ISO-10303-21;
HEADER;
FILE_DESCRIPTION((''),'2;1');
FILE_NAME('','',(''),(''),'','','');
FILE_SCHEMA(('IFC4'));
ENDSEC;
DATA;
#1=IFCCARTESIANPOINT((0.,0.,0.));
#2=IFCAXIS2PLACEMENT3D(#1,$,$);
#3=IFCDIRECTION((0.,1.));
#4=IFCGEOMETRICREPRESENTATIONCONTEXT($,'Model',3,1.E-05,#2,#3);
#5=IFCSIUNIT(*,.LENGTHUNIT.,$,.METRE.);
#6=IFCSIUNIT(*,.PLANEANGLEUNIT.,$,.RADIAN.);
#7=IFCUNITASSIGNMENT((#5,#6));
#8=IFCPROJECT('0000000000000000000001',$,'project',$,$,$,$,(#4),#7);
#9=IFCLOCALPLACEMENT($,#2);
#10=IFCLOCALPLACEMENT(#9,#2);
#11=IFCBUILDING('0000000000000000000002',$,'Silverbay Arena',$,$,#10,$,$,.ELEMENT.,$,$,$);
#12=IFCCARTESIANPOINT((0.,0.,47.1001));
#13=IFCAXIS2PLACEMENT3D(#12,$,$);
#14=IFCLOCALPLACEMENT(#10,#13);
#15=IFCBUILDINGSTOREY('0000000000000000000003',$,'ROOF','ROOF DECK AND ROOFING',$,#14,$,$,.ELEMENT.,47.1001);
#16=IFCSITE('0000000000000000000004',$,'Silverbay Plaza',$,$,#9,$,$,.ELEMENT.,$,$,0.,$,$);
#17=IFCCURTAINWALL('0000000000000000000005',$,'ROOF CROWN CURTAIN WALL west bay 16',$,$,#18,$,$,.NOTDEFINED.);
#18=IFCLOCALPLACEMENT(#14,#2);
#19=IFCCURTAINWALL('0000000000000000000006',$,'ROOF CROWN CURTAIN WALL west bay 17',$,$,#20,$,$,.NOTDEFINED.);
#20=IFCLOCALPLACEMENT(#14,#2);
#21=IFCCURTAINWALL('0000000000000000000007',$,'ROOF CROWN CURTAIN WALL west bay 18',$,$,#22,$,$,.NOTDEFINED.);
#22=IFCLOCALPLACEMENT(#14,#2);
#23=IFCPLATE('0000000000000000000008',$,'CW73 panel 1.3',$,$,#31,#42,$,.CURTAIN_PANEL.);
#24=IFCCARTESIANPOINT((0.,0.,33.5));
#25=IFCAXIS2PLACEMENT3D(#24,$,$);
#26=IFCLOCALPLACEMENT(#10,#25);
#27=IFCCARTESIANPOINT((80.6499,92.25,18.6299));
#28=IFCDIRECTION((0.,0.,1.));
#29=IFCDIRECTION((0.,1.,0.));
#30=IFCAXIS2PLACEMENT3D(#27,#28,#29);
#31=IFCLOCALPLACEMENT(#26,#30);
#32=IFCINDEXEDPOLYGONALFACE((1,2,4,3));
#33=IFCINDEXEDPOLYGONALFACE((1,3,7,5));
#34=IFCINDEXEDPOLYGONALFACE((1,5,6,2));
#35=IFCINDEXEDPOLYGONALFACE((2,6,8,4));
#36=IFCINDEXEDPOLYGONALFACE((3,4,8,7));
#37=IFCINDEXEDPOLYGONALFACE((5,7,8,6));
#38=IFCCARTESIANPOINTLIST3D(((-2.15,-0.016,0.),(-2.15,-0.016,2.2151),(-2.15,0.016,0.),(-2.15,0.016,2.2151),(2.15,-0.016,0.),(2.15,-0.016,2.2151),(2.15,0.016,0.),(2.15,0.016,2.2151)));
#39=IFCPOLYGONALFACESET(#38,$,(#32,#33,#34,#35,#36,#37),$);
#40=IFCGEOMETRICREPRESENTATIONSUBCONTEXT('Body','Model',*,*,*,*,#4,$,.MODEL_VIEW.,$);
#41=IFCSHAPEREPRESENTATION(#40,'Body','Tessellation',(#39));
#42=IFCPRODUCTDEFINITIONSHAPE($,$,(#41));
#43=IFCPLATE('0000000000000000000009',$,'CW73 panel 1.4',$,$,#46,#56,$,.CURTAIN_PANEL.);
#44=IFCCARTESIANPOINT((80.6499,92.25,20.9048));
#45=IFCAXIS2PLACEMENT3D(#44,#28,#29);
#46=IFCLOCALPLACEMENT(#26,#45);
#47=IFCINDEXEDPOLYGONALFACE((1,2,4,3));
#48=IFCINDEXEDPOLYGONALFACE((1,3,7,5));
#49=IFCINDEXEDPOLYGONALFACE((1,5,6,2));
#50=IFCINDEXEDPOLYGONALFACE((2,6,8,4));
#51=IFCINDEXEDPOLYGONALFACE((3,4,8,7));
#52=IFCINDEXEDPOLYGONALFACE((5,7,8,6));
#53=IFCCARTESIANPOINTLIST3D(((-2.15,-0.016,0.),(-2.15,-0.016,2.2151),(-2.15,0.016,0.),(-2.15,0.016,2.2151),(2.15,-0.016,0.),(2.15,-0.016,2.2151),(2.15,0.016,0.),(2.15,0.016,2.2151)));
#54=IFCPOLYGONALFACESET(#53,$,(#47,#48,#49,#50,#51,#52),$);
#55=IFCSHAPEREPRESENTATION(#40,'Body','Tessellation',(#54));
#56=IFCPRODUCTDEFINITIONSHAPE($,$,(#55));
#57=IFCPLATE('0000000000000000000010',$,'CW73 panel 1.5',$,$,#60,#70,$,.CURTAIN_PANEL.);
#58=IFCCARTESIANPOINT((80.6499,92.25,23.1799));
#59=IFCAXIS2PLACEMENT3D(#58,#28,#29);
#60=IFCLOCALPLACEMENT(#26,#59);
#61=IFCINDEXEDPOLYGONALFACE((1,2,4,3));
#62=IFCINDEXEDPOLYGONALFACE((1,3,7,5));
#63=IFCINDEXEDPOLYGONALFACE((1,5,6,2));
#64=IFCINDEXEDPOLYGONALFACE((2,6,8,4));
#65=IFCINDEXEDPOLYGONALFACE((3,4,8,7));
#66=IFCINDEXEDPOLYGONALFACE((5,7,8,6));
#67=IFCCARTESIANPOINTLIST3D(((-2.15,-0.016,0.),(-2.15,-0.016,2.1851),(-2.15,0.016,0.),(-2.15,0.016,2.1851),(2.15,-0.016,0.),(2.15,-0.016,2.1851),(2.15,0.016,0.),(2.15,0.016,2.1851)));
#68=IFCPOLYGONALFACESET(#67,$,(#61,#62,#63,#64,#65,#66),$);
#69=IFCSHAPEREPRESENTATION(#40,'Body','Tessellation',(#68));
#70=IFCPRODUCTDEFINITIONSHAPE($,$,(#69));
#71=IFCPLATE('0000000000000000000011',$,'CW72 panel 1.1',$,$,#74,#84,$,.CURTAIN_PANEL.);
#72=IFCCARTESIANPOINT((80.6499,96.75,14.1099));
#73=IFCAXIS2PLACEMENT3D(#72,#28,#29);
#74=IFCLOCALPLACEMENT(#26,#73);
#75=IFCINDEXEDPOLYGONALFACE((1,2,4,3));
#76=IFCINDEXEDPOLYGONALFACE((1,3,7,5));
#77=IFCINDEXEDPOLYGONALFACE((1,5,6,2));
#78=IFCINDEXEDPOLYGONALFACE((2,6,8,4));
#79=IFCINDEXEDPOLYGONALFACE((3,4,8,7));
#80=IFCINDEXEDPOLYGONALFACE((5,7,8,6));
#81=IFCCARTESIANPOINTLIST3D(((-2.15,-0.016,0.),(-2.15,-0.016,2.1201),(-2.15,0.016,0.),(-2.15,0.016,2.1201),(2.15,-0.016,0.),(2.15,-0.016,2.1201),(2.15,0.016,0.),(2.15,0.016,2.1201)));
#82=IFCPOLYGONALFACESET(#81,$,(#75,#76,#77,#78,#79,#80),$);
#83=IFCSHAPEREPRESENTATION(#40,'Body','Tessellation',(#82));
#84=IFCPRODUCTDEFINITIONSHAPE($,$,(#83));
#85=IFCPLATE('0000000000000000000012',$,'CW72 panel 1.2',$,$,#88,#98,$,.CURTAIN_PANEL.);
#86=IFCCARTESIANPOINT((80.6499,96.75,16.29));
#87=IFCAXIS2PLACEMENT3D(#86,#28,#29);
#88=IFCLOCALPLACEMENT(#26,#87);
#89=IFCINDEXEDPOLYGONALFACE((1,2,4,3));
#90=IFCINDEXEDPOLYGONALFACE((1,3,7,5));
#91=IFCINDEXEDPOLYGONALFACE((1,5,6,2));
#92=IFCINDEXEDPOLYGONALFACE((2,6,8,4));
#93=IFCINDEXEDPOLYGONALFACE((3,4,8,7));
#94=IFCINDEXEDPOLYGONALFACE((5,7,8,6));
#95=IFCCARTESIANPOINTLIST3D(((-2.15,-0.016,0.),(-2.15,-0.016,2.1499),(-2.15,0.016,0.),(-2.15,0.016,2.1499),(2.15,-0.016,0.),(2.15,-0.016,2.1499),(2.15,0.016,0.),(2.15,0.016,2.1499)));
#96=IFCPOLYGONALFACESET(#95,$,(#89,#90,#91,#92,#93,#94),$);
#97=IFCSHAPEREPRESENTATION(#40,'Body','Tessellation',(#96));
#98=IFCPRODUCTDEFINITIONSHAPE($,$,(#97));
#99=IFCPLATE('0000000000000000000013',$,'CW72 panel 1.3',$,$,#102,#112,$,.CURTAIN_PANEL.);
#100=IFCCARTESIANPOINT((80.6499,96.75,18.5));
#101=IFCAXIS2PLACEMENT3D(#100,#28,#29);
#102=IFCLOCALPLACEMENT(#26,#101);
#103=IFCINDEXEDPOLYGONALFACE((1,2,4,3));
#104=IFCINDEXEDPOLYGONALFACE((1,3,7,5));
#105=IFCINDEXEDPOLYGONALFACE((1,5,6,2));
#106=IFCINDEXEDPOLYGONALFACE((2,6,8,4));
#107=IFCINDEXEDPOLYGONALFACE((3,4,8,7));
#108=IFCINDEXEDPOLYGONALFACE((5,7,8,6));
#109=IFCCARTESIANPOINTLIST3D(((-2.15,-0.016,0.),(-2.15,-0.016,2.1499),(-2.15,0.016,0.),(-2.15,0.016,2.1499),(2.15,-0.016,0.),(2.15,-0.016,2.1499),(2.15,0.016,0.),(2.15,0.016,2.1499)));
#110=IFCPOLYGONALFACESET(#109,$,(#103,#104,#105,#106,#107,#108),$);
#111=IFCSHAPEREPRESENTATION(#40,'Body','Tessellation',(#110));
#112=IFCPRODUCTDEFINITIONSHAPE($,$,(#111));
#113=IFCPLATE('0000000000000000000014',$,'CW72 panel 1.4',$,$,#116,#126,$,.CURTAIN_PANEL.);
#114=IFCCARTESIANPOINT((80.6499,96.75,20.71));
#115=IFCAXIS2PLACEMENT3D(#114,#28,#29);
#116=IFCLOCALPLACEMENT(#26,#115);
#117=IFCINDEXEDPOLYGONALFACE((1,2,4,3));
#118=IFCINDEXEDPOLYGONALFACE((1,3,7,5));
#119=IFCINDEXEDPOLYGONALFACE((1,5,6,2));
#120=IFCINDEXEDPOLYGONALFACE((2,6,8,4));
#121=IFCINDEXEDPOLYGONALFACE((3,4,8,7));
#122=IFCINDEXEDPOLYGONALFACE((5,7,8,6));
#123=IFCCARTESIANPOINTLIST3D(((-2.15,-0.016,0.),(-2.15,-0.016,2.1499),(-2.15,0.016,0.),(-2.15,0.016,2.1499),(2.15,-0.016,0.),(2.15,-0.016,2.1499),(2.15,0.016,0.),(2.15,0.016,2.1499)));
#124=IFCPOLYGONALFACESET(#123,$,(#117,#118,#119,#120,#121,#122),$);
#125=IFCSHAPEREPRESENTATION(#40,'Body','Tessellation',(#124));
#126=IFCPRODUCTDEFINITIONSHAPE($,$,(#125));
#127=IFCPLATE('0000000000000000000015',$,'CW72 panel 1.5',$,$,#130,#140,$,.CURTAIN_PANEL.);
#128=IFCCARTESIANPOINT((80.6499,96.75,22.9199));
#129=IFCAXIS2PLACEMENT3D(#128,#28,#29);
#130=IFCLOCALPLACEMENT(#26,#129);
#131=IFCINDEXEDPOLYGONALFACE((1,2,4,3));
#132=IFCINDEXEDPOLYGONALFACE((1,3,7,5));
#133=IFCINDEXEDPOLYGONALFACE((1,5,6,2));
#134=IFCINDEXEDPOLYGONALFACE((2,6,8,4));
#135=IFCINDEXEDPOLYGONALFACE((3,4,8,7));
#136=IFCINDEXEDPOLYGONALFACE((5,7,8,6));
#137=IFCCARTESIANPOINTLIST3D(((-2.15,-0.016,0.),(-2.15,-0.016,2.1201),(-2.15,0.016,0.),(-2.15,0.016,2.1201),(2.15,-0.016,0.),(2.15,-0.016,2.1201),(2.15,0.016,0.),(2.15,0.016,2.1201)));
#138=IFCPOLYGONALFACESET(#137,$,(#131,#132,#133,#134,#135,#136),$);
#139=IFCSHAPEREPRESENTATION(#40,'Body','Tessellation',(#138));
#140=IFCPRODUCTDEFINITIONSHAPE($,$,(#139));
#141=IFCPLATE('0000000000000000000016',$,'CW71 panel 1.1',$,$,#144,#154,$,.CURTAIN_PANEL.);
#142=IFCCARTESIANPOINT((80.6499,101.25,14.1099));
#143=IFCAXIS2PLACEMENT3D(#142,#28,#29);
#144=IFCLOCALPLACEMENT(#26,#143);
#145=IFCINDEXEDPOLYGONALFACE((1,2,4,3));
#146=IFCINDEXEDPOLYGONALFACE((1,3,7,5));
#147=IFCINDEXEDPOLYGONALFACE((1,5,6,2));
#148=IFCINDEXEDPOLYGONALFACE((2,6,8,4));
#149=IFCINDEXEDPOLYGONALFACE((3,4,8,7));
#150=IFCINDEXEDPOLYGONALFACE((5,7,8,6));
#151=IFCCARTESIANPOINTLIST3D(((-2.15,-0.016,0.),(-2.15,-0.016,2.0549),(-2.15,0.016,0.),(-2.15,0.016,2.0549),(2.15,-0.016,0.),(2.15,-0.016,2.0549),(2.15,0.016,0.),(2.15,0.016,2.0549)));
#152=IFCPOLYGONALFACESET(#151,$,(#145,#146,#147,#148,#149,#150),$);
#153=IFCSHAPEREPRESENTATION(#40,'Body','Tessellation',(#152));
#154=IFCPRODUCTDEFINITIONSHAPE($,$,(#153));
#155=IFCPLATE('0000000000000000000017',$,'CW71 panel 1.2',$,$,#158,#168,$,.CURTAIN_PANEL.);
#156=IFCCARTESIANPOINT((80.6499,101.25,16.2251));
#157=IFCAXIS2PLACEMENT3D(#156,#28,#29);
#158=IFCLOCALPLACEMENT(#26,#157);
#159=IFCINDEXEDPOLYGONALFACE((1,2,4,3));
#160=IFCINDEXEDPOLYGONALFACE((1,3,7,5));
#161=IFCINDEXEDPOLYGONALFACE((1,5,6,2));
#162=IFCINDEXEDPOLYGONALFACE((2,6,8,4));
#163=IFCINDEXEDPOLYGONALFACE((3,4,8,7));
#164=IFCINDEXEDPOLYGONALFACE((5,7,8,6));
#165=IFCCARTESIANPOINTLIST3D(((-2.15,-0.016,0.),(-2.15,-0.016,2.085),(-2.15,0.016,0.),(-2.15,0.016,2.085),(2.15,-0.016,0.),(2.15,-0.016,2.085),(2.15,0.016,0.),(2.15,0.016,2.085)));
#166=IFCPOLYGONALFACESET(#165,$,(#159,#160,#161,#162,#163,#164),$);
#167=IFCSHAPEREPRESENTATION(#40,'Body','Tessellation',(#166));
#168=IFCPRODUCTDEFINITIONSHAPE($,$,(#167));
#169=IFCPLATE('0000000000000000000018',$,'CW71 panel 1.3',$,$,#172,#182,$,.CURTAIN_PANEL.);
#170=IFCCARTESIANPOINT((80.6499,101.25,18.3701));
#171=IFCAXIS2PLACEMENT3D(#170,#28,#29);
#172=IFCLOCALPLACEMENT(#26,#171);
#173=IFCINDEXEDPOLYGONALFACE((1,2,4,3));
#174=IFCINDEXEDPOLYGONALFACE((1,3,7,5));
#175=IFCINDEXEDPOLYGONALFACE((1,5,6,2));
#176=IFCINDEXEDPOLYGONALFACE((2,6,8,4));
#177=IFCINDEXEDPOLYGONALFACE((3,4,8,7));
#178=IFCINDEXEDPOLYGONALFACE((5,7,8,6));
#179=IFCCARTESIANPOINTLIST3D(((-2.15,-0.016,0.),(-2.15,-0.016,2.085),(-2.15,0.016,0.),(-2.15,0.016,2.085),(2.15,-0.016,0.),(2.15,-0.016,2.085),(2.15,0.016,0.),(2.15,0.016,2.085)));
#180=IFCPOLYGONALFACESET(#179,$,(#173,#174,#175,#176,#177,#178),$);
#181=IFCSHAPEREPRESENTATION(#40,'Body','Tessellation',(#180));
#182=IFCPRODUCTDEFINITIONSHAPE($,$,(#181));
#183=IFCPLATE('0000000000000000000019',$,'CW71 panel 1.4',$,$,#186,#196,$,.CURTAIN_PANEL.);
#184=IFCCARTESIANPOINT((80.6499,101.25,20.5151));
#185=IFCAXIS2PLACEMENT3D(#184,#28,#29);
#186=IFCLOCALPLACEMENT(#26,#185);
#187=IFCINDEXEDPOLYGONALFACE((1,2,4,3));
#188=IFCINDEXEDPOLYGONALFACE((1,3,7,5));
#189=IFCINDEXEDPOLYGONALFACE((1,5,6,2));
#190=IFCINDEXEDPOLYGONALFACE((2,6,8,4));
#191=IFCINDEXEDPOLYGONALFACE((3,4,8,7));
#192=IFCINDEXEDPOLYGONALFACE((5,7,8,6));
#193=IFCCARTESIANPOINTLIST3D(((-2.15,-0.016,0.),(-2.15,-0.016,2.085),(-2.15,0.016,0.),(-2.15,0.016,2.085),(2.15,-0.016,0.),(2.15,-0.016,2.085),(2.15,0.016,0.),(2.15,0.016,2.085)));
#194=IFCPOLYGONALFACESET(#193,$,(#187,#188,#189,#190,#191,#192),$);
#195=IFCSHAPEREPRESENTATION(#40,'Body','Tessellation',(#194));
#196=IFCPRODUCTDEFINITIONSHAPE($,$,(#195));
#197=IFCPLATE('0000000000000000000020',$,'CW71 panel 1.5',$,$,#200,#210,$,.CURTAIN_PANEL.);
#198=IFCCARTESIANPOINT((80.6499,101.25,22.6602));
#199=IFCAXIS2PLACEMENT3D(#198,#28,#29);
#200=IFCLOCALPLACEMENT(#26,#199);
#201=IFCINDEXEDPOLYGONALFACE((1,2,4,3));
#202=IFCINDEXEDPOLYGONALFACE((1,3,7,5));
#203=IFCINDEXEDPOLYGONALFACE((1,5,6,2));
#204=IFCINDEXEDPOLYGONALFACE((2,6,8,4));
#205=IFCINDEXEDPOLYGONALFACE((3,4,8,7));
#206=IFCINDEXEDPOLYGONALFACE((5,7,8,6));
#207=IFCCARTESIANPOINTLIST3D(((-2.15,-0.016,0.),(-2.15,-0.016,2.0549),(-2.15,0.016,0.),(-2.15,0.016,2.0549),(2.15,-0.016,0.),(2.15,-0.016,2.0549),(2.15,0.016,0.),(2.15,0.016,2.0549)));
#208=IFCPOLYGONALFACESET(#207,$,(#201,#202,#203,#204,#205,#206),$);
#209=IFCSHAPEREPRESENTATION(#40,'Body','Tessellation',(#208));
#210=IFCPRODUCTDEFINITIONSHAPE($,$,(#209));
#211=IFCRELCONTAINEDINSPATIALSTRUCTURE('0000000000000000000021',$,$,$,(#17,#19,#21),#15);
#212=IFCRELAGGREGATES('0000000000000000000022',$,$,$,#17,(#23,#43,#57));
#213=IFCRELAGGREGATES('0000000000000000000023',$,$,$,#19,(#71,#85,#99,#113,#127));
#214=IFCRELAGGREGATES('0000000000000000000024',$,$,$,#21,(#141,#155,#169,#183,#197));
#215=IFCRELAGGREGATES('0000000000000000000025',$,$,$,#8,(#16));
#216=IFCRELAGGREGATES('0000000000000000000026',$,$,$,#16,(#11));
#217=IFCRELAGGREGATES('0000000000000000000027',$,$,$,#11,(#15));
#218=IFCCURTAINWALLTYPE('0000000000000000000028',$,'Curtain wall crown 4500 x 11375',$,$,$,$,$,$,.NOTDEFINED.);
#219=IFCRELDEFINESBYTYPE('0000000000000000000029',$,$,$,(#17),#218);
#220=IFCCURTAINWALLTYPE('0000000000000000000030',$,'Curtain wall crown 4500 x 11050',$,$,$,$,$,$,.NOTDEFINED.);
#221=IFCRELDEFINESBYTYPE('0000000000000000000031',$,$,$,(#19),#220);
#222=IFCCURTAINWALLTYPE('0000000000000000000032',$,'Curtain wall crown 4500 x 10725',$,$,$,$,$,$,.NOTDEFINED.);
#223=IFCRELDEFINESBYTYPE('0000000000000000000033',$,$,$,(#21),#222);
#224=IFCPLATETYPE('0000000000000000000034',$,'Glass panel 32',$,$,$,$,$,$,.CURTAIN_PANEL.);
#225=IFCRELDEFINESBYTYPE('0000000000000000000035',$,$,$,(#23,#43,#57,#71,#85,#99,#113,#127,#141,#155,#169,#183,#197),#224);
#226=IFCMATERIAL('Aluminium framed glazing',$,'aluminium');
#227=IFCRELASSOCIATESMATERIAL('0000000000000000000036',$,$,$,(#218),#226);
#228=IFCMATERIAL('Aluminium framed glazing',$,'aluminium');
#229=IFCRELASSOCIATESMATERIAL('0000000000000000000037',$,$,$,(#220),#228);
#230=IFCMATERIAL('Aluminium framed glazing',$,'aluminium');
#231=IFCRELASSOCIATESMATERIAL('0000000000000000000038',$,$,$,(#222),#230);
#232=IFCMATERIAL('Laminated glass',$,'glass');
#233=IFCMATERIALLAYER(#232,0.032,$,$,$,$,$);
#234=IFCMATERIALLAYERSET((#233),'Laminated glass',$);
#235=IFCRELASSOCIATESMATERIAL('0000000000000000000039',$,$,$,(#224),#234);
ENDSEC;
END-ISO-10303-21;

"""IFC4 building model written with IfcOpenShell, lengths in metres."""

from ifc_helpers import new_model, si_unit, direction, frame, origin, origin_2d, place, context, subcontext, project, spatial, rectangle, extrude, material, layer, layer_set, type_object, element, aggregate, save


model = new_model("IFC4")

# Units and contexts
model_context = context("Model", 3, precision=1e-05, world=origin(), true_north=direction((0.0, 1.0)))
body_context = subcontext(model_context, "Body", "Model", "MODEL_VIEW")
ifc_project = project(units=[si_unit("LENGTHUNIT", "METRE"), si_unit("PLANEANGLEUNIT", "RADIAN")], contexts=[model_context])

# Site, building, storey
site_placement = place(None, origin())
site = spatial("IfcSite", under=ifc_project, at=site_placement, Name="Silverbay Plaza", CompositionType="ELEMENT", RefElevation=0.0)
building_placement = place(site_placement, origin())
building = spatial("IfcBuilding", under=site, at=building_placement, Name="Silverbay Arena", CompositionType="ELEMENT")
storey_placement = place(building_placement, frame((0.0, 0.0, 47.1001)))
storey = spatial("IfcBuildingStorey", under=building, at=storey_placement, Name="ROOF", Description="ROOF DECK AND ROOFING", CompositionType="ELEMENT", Elevation=47.1001)

# Curtain wall
ifc_material_1 = material(Name="Aluminium framed glazing", Category="aluminium")
curtain_wall_type_1 = type_object("IfcCurtainWallType", Name="Curtain wall crown 4500 x 11375", PredefinedType="NOTDEFINED", material=ifc_material_1)
curtain_wall_1_placement = place(storey_placement, origin())
curtain_wall_1 = element("IfcCurtainWall", 1, at=curtain_wall_1_placement, inside=storey, type_object=curtain_wall_type_1, Name="ROOF CROWN CURTAIN WALL west bay 16", PredefinedType="NOTDEFINED")
placement = place(building_placement, frame((0.0, 0.0, 33.5)))

# Curtain walls
ifc_material_2 = material(Name="Aluminium framed glazing", Category="aluminium")
curtain_wall_type_2 = type_object("IfcCurtainWallType", Name="Curtain wall crown 4500 x 11050", PredefinedType="NOTDEFINED", material=ifc_material_2)
curtain_wall_2_placement = place(storey_placement, origin())
curtain_wall_2 = element("IfcCurtainWall", 2, at=curtain_wall_2_placement, inside=storey, type_object=curtain_wall_type_2, Name="ROOF CROWN CURTAIN WALL west bay 17", PredefinedType="NOTDEFINED")
ifc_material_3 = material(Name="Aluminium framed glazing", Category="aluminium")
curtain_wall_type_3 = type_object("IfcCurtainWallType", Name="Curtain wall crown 4500 x 10725", PredefinedType="NOTDEFINED", material=ifc_material_3)
curtain_wall_3_placement = place(storey_placement, origin())
curtain_wall_3 = element("IfcCurtainWall", 3, at=curtain_wall_3_placement, inside=storey, type_object=curtain_wall_type_3, Name="ROOF CROWN CURTAIN WALL west bay 18", PredefinedType="NOTDEFINED")

# Plates
ifc_material_4 = material(Name="Laminated glass", Category="glass")
ifc_layer_1 = layer(ifc_material_4, 0.032)
ifc_layer_set_1 = layer_set([ifc_layer_1], Name="Laminated glass")
plate_type = type_object("IfcPlateType", Name="Glass panel 32", PredefinedType="CURTAIN_PANEL", material=ifc_layer_set_1)
plate_1_placement = place(placement, frame((80.6499, 92.25, 18.6299), z_axis=(0.0, 0.0, 1.0), x_axis=(0.0, 1.0, 0.0)))
plate_1 = element("IfcPlate", 4, at=plate_1_placement, type_object=plate_type, Name="CW73 panel 1.3", PredefinedType="CURTAIN_PANEL", context=body_context, shape_type="SweptSolid", body=[
    extrude(rectangle(XDim=4.3, YDim=0.032, at=origin_2d()), origin(), (0.0, 0.0, 1.0), 2.2151),
])
plate_2_placement = place(placement, frame((80.6499, 92.25, 20.9048), z_axis=(0.0, 0.0, 1.0), x_axis=(0.0, 1.0, 0.0)))
plate_2 = element("IfcPlate", 5, at=plate_2_placement, type_object=plate_type, Name="CW73 panel 1.4", PredefinedType="CURTAIN_PANEL", context=body_context, shape_type="SweptSolid", body=[
    extrude(rectangle(XDim=4.3, YDim=0.032, at=origin_2d()), origin(), (0.0, 0.0, 1.0), 2.2151),
])
plate_3_placement = place(placement, frame((80.6499, 92.25, 23.1799), z_axis=(0.0, 0.0, 1.0), x_axis=(0.0, 1.0, 0.0)))
plate_3 = element("IfcPlate", 6, at=plate_3_placement, type_object=plate_type, Name="CW73 panel 1.5", PredefinedType="CURTAIN_PANEL", context=body_context, shape_type="SweptSolid", body=[
    extrude(rectangle(XDim=4.3, YDim=0.032, at=origin_2d()), origin(), (0.0, 0.0, 1.0), 2.1851),
])
aggregate(curtain_wall_1, [plate_1, plate_2, plate_3])
plate_4_placement = place(placement, frame((80.6499, 96.75, 14.1099), z_axis=(0.0, 0.0, 1.0), x_axis=(0.0, 1.0, 0.0)))
plate_4 = element("IfcPlate", 7, at=plate_4_placement, type_object=plate_type, Name="CW72 panel 1.1", PredefinedType="CURTAIN_PANEL", context=body_context, shape_type="SweptSolid", body=[
    extrude(rectangle(XDim=4.3, YDim=0.032, at=origin_2d()), origin(), (0.0, 0.0, 1.0), 2.1201),
])
plate_5_placement = place(placement, frame((80.6499, 96.75, 16.29), z_axis=(0.0, 0.0, 1.0), x_axis=(0.0, 1.0, 0.0)))
plate_5 = element("IfcPlate", 8, at=plate_5_placement, type_object=plate_type, Name="CW72 panel 1.2", PredefinedType="CURTAIN_PANEL", context=body_context, shape_type="SweptSolid", body=[
    extrude(rectangle(XDim=4.3, YDim=0.032, at=origin_2d()), origin(), (0.0, 0.0, 1.0), 2.1499),
])
plate_6_placement = place(placement, frame((80.6499, 96.75, 18.5), z_axis=(0.0, 0.0, 1.0), x_axis=(0.0, 1.0, 0.0)))
plate_6 = element("IfcPlate", 9, at=plate_6_placement, type_object=plate_type, Name="CW72 panel 1.3", PredefinedType="CURTAIN_PANEL", context=body_context, shape_type="SweptSolid", body=[
    extrude(rectangle(XDim=4.3, YDim=0.032, at=origin_2d()), origin(), (0.0, 0.0, 1.0), 2.1499),
])
plate_7_placement = place(placement, frame((80.6499, 96.75, 20.71), z_axis=(0.0, 0.0, 1.0), x_axis=(0.0, 1.0, 0.0)))
plate_7 = element("IfcPlate", 10, at=plate_7_placement, type_object=plate_type, Name="CW72 panel 1.4", PredefinedType="CURTAIN_PANEL", context=body_context, shape_type="SweptSolid", body=[
    extrude(rectangle(XDim=4.3, YDim=0.032, at=origin_2d()), origin(), (0.0, 0.0, 1.0), 2.1499),
])
plate_8_placement = place(placement, frame((80.6499, 96.75, 22.9199), z_axis=(0.0, 0.0, 1.0), x_axis=(0.0, 1.0, 0.0)))
plate_8 = element("IfcPlate", 11, at=plate_8_placement, type_object=plate_type, Name="CW72 panel 1.5", PredefinedType="CURTAIN_PANEL", context=body_context, shape_type="SweptSolid", body=[
    extrude(rectangle(XDim=4.3, YDim=0.032, at=origin_2d()), origin(), (0.0, 0.0, 1.0), 2.1201),
])
aggregate(curtain_wall_2, [plate_4, plate_5, plate_6, plate_7, plate_8])
plate_9_placement = place(placement, frame((80.6499, 101.25, 14.1099), z_axis=(0.0, 0.0, 1.0), x_axis=(0.0, 1.0, 0.0)))
plate_9 = element("IfcPlate", 12, at=plate_9_placement, type_object=plate_type, Name="CW71 panel 1.1", PredefinedType="CURTAIN_PANEL", context=body_context, shape_type="SweptSolid", body=[
    extrude(rectangle(XDim=4.3, YDim=0.032, at=origin_2d()), origin(), (0.0, 0.0, 1.0), 2.0549),
])
plate_10_placement = place(placement, frame((80.6499, 101.25, 16.2251), z_axis=(0.0, 0.0, 1.0), x_axis=(0.0, 1.0, 0.0)))
plate_10 = element("IfcPlate", 13, at=plate_10_placement, type_object=plate_type, Name="CW71 panel 1.2", PredefinedType="CURTAIN_PANEL", context=body_context, shape_type="SweptSolid", body=[
    extrude(rectangle(XDim=4.3, YDim=0.032, at=origin_2d()), origin(), (0.0, 0.0, 1.0), 2.085),
])
plate_11_placement = place(placement, frame((80.6499, 101.25, 18.3701), z_axis=(0.0, 0.0, 1.0), x_axis=(0.0, 1.0, 0.0)))
plate_11 = element("IfcPlate", 14, at=plate_11_placement, type_object=plate_type, Name="CW71 panel 1.3", PredefinedType="CURTAIN_PANEL", context=body_context, shape_type="SweptSolid", body=[
    extrude(rectangle(XDim=4.3, YDim=0.032, at=origin_2d()), origin(), (0.0, 0.0, 1.0), 2.085),
])
plate_12_placement = place(placement, frame((80.6499, 101.25, 20.5151), z_axis=(0.0, 0.0, 1.0), x_axis=(0.0, 1.0, 0.0)))
plate_12 = element("IfcPlate", 15, at=plate_12_placement, type_object=plate_type, Name="CW71 panel 1.4", PredefinedType="CURTAIN_PANEL", context=body_context, shape_type="SweptSolid", body=[
    extrude(rectangle(XDim=4.3, YDim=0.032, at=origin_2d()), origin(), (0.0, 0.0, 1.0), 2.085),
])
plate_13_placement = place(placement, frame((80.6499, 101.25, 22.6602), z_axis=(0.0, 0.0, 1.0), x_axis=(0.0, 1.0, 0.0)))
plate_13 = element("IfcPlate", 16, at=plate_13_placement, type_object=plate_type, Name="CW71 panel 1.5", PredefinedType="CURTAIN_PANEL", context=body_context, shape_type="SweptSolid", body=[
    extrude(rectangle(XDim=4.3, YDim=0.032, at=origin_2d()), origin(), (0.0, 0.0, 1.0), 2.0549),
])
aggregate(curtain_wall_3, [plate_9, plate_10, plate_11, plate_12, plate_13])

save(model, "model.ifc")
